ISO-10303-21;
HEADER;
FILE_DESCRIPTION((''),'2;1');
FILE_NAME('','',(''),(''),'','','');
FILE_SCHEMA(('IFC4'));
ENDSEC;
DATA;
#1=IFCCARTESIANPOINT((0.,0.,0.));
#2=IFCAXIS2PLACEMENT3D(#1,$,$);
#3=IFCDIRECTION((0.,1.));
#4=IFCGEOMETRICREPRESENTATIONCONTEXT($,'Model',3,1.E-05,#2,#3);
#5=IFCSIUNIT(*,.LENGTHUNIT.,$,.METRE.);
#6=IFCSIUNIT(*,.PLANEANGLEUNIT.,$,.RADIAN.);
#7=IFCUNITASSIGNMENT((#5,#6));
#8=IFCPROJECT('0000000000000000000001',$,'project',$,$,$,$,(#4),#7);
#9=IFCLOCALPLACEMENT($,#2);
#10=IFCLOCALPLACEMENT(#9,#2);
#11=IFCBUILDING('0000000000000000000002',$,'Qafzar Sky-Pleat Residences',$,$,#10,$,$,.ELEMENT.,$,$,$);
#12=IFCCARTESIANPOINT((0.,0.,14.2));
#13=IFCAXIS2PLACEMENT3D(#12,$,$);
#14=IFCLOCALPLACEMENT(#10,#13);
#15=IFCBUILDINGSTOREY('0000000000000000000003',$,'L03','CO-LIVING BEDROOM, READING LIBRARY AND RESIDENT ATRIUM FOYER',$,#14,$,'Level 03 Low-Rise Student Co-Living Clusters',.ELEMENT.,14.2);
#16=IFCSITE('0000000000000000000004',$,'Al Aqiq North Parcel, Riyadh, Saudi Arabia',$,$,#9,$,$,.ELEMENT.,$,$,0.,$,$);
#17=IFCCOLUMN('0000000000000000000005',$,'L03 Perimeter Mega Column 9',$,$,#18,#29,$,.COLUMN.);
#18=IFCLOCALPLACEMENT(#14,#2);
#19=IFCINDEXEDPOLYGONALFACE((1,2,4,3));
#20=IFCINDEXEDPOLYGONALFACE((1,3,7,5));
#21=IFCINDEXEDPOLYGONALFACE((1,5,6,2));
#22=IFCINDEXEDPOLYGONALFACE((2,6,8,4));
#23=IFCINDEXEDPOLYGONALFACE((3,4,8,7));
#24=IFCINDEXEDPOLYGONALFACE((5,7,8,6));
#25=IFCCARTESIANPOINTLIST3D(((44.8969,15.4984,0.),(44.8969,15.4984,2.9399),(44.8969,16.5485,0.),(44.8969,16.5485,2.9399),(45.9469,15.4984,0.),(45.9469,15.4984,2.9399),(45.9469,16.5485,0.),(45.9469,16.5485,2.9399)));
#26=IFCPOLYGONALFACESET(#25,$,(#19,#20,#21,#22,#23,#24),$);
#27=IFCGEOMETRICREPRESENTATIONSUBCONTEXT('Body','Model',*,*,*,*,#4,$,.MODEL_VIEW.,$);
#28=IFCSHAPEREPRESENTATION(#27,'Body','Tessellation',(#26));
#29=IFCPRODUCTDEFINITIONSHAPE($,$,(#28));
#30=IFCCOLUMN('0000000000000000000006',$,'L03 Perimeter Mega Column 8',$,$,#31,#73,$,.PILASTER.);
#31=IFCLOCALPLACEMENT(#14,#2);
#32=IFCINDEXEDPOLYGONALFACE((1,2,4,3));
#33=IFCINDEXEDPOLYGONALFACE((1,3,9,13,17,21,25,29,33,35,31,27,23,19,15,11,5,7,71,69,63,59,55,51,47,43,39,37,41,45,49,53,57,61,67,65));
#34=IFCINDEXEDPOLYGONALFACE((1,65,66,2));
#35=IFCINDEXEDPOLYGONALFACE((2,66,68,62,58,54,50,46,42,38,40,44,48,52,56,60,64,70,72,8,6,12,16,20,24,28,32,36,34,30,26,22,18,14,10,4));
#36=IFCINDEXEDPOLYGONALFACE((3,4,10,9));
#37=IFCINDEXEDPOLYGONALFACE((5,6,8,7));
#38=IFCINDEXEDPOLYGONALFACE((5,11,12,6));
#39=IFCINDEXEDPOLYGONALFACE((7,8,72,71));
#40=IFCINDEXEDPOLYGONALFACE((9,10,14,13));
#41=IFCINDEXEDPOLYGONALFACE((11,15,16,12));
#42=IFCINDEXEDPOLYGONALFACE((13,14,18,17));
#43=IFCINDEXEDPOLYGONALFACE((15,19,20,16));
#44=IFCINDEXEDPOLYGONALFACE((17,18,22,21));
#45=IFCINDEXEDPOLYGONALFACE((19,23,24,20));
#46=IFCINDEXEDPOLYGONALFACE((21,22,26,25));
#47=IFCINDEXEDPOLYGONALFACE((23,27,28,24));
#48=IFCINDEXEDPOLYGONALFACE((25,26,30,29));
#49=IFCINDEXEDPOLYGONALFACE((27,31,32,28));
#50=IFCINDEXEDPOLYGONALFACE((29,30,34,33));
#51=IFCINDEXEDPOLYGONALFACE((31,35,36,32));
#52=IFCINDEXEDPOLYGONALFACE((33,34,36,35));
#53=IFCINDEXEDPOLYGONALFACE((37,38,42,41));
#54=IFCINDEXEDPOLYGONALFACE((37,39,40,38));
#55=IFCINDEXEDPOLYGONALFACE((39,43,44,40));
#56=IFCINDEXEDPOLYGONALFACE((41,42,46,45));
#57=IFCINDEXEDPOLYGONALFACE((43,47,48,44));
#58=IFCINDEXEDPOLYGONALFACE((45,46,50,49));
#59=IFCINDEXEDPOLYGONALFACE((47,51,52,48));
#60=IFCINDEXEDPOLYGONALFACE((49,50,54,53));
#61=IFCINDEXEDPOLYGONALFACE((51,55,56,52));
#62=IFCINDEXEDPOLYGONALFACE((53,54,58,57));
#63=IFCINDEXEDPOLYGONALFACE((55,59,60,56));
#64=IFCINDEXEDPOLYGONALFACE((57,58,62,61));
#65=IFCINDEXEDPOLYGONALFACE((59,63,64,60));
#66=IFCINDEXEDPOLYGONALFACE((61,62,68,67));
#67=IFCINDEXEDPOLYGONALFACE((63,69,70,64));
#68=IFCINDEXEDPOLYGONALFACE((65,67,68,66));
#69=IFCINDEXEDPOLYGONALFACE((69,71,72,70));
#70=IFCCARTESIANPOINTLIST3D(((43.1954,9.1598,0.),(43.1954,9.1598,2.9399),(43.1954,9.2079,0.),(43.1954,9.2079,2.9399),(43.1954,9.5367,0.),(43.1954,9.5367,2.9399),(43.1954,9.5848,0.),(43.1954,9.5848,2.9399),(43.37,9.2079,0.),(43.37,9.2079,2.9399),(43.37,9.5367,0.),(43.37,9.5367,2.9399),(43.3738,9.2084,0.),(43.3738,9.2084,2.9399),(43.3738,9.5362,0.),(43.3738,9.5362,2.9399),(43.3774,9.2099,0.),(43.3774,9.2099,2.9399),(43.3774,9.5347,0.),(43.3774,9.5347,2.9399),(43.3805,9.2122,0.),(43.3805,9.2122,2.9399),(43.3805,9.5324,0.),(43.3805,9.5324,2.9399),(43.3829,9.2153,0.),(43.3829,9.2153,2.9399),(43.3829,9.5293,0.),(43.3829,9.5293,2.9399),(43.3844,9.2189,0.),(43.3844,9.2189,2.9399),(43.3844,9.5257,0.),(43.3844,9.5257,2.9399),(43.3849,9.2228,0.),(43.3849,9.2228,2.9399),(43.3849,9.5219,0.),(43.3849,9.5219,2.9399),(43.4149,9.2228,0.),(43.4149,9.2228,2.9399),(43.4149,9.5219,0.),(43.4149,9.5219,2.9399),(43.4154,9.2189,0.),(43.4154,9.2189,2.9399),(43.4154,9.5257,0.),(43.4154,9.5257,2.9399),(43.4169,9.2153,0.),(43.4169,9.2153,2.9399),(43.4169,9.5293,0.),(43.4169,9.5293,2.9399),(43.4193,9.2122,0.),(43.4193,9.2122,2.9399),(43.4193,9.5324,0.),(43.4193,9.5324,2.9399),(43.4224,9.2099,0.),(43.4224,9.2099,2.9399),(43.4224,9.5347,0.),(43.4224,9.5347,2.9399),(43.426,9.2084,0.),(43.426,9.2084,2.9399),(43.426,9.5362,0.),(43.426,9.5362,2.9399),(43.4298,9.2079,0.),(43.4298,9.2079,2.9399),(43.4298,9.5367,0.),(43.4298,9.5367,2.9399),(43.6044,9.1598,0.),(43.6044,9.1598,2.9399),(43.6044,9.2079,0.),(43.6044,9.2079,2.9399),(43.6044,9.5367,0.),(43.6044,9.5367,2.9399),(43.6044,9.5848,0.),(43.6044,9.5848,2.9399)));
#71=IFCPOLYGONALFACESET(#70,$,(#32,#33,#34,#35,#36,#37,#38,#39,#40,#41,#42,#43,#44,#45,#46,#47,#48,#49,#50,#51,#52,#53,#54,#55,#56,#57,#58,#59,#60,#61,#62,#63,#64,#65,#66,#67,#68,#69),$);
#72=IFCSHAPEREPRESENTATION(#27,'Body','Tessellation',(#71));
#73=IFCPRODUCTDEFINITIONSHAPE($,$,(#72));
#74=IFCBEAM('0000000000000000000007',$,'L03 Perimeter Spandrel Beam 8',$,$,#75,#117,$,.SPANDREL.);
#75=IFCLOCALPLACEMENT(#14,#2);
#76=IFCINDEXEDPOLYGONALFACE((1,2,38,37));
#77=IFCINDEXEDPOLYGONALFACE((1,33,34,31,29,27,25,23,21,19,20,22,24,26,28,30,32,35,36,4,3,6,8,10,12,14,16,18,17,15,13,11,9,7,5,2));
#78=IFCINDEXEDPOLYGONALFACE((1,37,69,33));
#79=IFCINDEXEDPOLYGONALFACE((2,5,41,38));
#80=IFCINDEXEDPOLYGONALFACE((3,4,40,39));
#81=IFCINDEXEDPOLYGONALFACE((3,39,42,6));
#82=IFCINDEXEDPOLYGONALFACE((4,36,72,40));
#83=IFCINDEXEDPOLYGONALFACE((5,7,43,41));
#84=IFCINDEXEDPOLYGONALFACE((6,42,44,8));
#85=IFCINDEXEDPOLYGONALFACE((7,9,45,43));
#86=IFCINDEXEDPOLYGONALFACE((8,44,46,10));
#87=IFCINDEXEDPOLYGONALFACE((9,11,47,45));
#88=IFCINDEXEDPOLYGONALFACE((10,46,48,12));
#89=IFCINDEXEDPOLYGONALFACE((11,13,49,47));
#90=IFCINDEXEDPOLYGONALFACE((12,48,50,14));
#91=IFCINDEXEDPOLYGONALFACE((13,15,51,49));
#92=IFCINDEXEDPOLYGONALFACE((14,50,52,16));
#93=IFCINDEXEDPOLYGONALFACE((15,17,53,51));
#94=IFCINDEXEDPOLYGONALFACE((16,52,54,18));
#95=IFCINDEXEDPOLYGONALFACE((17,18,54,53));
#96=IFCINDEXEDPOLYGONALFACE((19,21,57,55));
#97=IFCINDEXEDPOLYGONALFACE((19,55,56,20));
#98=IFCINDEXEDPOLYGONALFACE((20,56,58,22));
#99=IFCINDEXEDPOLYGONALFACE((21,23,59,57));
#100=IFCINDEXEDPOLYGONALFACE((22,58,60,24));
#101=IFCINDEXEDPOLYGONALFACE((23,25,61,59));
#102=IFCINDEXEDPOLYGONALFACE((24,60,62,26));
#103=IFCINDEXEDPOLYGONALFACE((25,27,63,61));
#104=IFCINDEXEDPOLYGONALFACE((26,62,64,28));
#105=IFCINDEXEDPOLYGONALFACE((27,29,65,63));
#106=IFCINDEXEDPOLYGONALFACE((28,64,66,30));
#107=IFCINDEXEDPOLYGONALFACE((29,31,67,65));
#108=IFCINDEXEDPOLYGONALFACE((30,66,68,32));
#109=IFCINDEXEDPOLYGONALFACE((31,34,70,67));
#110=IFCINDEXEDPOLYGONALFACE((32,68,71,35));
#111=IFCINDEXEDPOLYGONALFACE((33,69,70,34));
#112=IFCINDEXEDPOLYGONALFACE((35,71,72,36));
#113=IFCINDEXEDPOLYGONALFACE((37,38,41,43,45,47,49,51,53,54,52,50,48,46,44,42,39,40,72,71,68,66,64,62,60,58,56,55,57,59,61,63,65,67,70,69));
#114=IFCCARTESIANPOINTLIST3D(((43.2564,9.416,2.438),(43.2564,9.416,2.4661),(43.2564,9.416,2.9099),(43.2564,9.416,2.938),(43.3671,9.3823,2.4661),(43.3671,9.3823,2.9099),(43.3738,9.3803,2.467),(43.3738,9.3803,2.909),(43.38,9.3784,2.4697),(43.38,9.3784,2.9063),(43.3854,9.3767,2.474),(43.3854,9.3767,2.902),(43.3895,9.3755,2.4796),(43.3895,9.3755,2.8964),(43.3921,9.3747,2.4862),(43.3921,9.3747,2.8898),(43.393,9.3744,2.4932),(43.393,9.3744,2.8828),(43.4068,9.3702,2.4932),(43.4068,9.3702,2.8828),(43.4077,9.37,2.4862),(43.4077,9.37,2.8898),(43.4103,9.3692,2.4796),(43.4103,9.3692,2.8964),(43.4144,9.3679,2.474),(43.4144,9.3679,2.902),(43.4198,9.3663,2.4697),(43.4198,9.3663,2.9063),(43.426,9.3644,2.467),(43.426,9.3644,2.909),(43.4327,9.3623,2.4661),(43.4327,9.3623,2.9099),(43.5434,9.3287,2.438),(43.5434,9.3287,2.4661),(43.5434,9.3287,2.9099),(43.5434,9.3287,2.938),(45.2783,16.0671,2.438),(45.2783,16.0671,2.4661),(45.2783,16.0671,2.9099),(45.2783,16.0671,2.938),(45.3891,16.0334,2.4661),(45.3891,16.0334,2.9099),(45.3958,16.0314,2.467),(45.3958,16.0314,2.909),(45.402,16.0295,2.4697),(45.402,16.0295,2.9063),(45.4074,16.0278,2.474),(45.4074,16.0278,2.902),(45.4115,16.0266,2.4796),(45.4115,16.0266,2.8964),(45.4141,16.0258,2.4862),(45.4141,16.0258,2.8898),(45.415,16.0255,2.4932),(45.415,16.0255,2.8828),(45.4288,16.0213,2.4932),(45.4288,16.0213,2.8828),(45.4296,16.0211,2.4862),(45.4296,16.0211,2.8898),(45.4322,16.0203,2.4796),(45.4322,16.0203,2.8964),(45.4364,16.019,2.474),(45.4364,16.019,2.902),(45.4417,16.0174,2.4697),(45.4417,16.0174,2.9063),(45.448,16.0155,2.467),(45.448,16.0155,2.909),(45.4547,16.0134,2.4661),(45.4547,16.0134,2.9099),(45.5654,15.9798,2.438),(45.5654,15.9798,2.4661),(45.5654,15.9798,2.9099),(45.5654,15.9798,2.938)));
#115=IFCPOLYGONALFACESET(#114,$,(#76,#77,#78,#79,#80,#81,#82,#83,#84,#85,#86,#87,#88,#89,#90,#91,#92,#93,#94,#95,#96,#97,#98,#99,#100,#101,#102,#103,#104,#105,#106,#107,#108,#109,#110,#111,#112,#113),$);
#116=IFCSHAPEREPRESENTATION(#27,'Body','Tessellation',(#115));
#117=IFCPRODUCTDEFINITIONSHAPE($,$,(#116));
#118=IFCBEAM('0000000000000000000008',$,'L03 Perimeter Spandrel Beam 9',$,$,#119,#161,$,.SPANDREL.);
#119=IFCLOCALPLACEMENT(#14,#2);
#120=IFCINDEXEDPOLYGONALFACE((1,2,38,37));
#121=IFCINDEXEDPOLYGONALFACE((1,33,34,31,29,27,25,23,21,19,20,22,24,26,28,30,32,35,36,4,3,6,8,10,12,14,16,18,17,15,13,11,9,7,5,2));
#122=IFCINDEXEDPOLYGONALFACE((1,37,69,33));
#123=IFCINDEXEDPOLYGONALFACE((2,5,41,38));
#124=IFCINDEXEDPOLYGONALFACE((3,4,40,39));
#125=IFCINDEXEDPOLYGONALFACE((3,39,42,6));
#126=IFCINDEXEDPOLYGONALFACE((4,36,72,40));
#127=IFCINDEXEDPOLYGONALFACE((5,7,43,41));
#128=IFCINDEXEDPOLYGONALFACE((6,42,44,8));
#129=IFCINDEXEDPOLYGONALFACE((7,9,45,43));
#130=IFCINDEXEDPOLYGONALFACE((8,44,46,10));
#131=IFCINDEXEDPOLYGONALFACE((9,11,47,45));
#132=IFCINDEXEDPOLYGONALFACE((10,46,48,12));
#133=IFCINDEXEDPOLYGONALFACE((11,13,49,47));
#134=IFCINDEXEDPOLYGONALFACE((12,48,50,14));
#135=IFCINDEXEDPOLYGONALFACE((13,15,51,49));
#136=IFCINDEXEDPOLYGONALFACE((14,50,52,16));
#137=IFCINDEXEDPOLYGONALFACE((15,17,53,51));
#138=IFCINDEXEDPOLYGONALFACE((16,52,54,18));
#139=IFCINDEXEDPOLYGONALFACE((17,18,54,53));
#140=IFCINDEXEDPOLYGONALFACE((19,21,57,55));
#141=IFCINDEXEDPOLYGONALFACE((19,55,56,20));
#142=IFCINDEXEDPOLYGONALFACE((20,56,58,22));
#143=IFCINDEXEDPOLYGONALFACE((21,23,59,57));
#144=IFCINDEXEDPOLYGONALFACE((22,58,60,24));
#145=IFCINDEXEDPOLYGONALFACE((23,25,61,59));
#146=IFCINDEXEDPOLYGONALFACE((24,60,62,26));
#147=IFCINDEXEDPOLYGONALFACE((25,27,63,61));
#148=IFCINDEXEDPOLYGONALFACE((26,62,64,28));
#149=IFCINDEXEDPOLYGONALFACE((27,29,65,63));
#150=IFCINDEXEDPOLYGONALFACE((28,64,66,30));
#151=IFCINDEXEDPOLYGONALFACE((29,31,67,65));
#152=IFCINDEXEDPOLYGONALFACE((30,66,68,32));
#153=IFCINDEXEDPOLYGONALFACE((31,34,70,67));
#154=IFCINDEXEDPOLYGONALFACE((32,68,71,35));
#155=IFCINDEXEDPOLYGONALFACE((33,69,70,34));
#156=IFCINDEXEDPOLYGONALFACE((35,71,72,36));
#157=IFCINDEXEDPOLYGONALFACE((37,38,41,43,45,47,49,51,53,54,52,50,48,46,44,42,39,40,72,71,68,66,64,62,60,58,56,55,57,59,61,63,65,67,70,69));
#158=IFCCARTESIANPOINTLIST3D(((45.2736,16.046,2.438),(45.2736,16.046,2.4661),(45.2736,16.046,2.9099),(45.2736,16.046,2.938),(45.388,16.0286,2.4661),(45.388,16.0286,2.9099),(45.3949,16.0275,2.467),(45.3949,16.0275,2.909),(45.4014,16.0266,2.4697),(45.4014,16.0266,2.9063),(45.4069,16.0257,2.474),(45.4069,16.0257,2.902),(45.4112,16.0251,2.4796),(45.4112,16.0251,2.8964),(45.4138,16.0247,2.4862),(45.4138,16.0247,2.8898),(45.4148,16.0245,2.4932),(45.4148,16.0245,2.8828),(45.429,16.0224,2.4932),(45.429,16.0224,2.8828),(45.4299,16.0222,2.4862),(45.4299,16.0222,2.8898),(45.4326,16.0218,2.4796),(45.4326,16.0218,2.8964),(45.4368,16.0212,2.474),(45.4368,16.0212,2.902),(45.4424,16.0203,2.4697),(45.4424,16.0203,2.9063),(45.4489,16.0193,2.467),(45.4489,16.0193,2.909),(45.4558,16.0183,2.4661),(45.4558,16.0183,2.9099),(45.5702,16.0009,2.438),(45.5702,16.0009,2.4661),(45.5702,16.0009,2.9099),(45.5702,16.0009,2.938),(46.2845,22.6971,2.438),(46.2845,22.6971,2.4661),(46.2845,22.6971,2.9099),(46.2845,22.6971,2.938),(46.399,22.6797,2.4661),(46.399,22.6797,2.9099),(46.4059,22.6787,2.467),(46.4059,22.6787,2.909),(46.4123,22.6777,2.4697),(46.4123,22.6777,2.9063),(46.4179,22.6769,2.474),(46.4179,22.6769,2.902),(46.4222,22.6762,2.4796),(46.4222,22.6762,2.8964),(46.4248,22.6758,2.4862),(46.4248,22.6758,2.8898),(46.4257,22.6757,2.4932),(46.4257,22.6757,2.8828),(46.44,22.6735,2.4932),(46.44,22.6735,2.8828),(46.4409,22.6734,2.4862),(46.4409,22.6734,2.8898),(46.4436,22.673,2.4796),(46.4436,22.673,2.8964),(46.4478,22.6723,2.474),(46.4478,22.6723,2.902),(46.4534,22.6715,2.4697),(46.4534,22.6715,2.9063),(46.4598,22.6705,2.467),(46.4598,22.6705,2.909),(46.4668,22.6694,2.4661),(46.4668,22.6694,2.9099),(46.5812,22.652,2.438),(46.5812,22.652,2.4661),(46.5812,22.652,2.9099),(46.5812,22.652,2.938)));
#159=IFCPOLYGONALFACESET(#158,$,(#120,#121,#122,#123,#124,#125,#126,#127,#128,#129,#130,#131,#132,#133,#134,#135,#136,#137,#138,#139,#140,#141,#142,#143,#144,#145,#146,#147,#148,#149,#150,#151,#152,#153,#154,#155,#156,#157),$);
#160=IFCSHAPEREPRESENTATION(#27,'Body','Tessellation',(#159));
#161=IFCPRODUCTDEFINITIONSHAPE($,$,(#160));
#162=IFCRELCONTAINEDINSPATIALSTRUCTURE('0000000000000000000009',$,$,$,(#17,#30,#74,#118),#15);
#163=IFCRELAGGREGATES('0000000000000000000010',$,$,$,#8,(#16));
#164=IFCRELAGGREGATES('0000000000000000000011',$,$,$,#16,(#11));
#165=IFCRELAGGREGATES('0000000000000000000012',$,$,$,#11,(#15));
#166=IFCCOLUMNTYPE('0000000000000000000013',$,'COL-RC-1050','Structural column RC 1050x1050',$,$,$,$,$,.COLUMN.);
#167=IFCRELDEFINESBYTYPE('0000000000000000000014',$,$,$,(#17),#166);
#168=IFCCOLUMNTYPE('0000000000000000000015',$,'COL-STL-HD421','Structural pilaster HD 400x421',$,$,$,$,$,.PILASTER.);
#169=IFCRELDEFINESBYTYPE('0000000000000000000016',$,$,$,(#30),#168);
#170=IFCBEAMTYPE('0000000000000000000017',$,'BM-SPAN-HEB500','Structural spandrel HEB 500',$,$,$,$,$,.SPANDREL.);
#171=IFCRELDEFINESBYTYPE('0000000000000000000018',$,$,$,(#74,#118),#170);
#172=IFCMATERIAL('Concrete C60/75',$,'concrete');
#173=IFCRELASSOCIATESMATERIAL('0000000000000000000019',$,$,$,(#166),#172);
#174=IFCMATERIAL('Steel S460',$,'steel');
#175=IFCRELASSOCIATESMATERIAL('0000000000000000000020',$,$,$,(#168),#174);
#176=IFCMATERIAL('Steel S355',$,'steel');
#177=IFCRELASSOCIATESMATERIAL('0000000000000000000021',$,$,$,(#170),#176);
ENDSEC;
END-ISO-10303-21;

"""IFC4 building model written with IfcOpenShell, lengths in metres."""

from ifc_helpers import new_model, si_unit, direction, frame, origin, origin_2d, place, context, subcontext, project, spatial, rectangle, i_section, extrude, source, transform, mapped, material, material_profile, profile_set, type_object, element, save


model = new_model("IFC4")

# Units and contexts
model_context = context("Model", 3, precision=1e-05, world=origin(), true_north=direction((0.0, 1.0)))
body_context = subcontext(model_context, "Body", "Model", "MODEL_VIEW")
ifc_project = project(units=[si_unit("LENGTHUNIT", "METRE"), si_unit("PLANEANGLEUNIT", "RADIAN")], contexts=[model_context])

# Site, building, storey
site_placement = place(None, origin())
site = spatial("IfcSite", under=ifc_project, at=site_placement, Name="Al Aqiq North Parcel, Riyadh, Saudi Arabia", CompositionType="ELEMENT", RefElevation=0.0)
building_placement = place(site_placement, origin())
building = spatial("IfcBuilding", under=site, at=building_placement, Name="Qafzar Sky-Pleat Residences", CompositionType="ELEMENT")
storey_placement = place(building_placement, frame((0.0, 0.0, 14.2)))
storey = spatial("IfcBuildingStorey", under=building, at=storey_placement, Name="L03", Description="CO-LIVING BEDROOM, READING LIBRARY AND RESIDENT ATRIUM FOYER", LongName="Level 03 Low-Rise Student Co-Living Clusters", CompositionType="ELEMENT", Elevation=14.2)

# Columns
ifc_material_1 = material(Name="Concrete C60/75", Category="concrete")
ifc_material_profile_1 = material_profile(ifc_material_1, rectangle(XDim=1.05, YDim=1.05, at=origin_2d()), Name="RC 1050x1050")
ifc_profile_set_1 = profile_set([ifc_material_profile_1], Name="Concrete C60/75")
column_type_1 = type_object("IfcColumnType", Name="COL-RC-1050", Description="Structural column RC 1050x1050", PredefinedType="COLUMN", material=ifc_profile_set_1)
shared_shape_1 = source(origin(), body_context, "Body", "SweptSolid", [
    extrude(rectangle(XDim=1.05, YDim=1.05, at=origin_2d()), origin(), (0.0, 0.0, 1.0), 2.9399),
])
column_1_placement = place(storey_placement, frame((45.4219, 16.0234, 0.0), z_axis=(0.0, 0.0, 1.0), x_axis=(1.0, 0.0, 0.0)))
element("IfcColumn", 1, at=column_1_placement, inside=storey, type_object=column_type_1, Name="L03 Perimeter Mega Column 9", PredefinedType="COLUMN", context=body_context, shape_type="MappedRepresentation", body=[
    mapped(shared_shape_1, transform((0.0, 0.0, 0.0), x_axis=(1.0, 0.0, 0.0), y_axis=(0.0, 1.0, 0.0), z_axis=(0.0, 0.0, 1.0), scale=1.0)),
])
ifc_material_2 = material(Name="Steel S460", Category="steel")
ifc_material_profile_2 = material_profile(ifc_material_2, i_section(OverallWidth=0.4089, OverallDepth=0.425, WebThickness=0.03, FlangeThickness=0.0481, FilletRadius=0.0149, at=origin_2d()), Name="HD 400x421")
ifc_profile_set_2 = profile_set([ifc_material_profile_2], Name="Steel S460")
column_type_2 = type_object("IfcColumnType", Name="COL-STL-HD421", Description="Structural pilaster HD 400x421", PredefinedType="PILASTER", material=ifc_profile_set_2)
shared_shape_2 = source(origin(), body_context, "Body", "SweptSolid", [
    extrude(i_section(OverallWidth=0.4089, OverallDepth=0.425, WebThickness=0.03, FlangeThickness=0.0481, FilletRadius=0.0149, at=origin_2d()), origin(), (0.0, 0.0, 1.0), 2.9399),
])
column_2_placement = place(storey_placement, frame((43.3999, 9.3723, 0.0), z_axis=(0.0, 0.0, 1.0), x_axis=(1.0, 0.0, 0.0)))
element("IfcColumn", 2, at=column_2_placement, inside=storey, type_object=column_type_2, Name="L03 Perimeter Mega Column 8", PredefinedType="PILASTER", context=body_context, shape_type="MappedRepresentation", body=[
    mapped(shared_shape_2, transform((0.0, 0.0, 0.0), x_axis=(1.0, 0.0, 0.0), y_axis=(0.0, 1.0, 0.0), z_axis=(0.0, 0.0, 1.0), scale=1.0)),
])

# Beams
ifc_material_3 = material(Name="Steel S355", Category="steel")
ifc_material_profile_3 = material_profile(ifc_material_3, i_section(OverallWidth=0.3, OverallDepth=0.5, WebThickness=0.0144, FlangeThickness=0.0281, FilletRadius=0.0271, at=origin_2d()), Name="HEB 500")
ifc_profile_set_3 = profile_set([ifc_material_profile_3], Name="Steel S355")
beam_type_1 = type_object("IfcBeamType", Name="BM-SPAN-HEB500", Description="Structural spandrel HEB 500", PredefinedType="SPANDREL", material=ifc_profile_set_3)
shared_shape_3 = source(origin(), body_context, "Body", "SweptSolid", [
    extrude(i_section(OverallWidth=0.3, OverallDepth=0.5, WebThickness=0.0144, FlangeThickness=0.0281, FilletRadius=0.0271, at=origin_2d()), origin(), (0.0, 0.0, 1.0), 6.9517),
])
beam_1_placement = place(storey_placement, frame((43.3999, 9.3723, 2.688), z_axis=(0.290861, 0.956765, 0.0), x_axis=(-0.956765, 0.290861, 0.0)))
element("IfcBeam", 3, at=beam_1_placement, inside=storey, type_object=beam_type_1, Name="L03 Perimeter Spandrel Beam 8", PredefinedType="SPANDREL", context=body_context, shape_type="MappedRepresentation", body=[
    mapped(shared_shape_3, transform((0.0, 0.0, 0.0), x_axis=(1.0, 0.0, 0.0), y_axis=(0.0, 1.0, 0.0), z_axis=(0.0, 0.0, 1.0), scale=1.0)),
])
shared_shape_4 = source(origin(), body_context, "Body", "SweptSolid", [
    extrude(i_section(OverallWidth=0.3, OverallDepth=0.5, WebThickness=0.0144, FlangeThickness=0.0281, FilletRadius=0.0271, at=origin_2d()), origin(), (0.0, 0.0, 1.0), 6.7275),
])
beam_2_placement = place(storey_placement, frame((45.4219, 16.0234, 2.688), z_axis=(0.150276, 0.988644, 0.0), x_axis=(-0.988644, 0.150276, 0.0)))
element("IfcBeam", 4, at=beam_2_placement, inside=storey, type_object=beam_type_1, Name="L03 Perimeter Spandrel Beam 9", PredefinedType="SPANDREL", context=body_context, shape_type="MappedRepresentation", body=[
    mapped(shared_shape_4, transform((0.0, 0.0, 0.0), x_axis=(1.0, 0.0, 0.0), y_axis=(0.0, 1.0, 0.0), z_axis=(0.0, 0.0, 1.0), scale=1.0)),
])

save(model, "model.ifc")
